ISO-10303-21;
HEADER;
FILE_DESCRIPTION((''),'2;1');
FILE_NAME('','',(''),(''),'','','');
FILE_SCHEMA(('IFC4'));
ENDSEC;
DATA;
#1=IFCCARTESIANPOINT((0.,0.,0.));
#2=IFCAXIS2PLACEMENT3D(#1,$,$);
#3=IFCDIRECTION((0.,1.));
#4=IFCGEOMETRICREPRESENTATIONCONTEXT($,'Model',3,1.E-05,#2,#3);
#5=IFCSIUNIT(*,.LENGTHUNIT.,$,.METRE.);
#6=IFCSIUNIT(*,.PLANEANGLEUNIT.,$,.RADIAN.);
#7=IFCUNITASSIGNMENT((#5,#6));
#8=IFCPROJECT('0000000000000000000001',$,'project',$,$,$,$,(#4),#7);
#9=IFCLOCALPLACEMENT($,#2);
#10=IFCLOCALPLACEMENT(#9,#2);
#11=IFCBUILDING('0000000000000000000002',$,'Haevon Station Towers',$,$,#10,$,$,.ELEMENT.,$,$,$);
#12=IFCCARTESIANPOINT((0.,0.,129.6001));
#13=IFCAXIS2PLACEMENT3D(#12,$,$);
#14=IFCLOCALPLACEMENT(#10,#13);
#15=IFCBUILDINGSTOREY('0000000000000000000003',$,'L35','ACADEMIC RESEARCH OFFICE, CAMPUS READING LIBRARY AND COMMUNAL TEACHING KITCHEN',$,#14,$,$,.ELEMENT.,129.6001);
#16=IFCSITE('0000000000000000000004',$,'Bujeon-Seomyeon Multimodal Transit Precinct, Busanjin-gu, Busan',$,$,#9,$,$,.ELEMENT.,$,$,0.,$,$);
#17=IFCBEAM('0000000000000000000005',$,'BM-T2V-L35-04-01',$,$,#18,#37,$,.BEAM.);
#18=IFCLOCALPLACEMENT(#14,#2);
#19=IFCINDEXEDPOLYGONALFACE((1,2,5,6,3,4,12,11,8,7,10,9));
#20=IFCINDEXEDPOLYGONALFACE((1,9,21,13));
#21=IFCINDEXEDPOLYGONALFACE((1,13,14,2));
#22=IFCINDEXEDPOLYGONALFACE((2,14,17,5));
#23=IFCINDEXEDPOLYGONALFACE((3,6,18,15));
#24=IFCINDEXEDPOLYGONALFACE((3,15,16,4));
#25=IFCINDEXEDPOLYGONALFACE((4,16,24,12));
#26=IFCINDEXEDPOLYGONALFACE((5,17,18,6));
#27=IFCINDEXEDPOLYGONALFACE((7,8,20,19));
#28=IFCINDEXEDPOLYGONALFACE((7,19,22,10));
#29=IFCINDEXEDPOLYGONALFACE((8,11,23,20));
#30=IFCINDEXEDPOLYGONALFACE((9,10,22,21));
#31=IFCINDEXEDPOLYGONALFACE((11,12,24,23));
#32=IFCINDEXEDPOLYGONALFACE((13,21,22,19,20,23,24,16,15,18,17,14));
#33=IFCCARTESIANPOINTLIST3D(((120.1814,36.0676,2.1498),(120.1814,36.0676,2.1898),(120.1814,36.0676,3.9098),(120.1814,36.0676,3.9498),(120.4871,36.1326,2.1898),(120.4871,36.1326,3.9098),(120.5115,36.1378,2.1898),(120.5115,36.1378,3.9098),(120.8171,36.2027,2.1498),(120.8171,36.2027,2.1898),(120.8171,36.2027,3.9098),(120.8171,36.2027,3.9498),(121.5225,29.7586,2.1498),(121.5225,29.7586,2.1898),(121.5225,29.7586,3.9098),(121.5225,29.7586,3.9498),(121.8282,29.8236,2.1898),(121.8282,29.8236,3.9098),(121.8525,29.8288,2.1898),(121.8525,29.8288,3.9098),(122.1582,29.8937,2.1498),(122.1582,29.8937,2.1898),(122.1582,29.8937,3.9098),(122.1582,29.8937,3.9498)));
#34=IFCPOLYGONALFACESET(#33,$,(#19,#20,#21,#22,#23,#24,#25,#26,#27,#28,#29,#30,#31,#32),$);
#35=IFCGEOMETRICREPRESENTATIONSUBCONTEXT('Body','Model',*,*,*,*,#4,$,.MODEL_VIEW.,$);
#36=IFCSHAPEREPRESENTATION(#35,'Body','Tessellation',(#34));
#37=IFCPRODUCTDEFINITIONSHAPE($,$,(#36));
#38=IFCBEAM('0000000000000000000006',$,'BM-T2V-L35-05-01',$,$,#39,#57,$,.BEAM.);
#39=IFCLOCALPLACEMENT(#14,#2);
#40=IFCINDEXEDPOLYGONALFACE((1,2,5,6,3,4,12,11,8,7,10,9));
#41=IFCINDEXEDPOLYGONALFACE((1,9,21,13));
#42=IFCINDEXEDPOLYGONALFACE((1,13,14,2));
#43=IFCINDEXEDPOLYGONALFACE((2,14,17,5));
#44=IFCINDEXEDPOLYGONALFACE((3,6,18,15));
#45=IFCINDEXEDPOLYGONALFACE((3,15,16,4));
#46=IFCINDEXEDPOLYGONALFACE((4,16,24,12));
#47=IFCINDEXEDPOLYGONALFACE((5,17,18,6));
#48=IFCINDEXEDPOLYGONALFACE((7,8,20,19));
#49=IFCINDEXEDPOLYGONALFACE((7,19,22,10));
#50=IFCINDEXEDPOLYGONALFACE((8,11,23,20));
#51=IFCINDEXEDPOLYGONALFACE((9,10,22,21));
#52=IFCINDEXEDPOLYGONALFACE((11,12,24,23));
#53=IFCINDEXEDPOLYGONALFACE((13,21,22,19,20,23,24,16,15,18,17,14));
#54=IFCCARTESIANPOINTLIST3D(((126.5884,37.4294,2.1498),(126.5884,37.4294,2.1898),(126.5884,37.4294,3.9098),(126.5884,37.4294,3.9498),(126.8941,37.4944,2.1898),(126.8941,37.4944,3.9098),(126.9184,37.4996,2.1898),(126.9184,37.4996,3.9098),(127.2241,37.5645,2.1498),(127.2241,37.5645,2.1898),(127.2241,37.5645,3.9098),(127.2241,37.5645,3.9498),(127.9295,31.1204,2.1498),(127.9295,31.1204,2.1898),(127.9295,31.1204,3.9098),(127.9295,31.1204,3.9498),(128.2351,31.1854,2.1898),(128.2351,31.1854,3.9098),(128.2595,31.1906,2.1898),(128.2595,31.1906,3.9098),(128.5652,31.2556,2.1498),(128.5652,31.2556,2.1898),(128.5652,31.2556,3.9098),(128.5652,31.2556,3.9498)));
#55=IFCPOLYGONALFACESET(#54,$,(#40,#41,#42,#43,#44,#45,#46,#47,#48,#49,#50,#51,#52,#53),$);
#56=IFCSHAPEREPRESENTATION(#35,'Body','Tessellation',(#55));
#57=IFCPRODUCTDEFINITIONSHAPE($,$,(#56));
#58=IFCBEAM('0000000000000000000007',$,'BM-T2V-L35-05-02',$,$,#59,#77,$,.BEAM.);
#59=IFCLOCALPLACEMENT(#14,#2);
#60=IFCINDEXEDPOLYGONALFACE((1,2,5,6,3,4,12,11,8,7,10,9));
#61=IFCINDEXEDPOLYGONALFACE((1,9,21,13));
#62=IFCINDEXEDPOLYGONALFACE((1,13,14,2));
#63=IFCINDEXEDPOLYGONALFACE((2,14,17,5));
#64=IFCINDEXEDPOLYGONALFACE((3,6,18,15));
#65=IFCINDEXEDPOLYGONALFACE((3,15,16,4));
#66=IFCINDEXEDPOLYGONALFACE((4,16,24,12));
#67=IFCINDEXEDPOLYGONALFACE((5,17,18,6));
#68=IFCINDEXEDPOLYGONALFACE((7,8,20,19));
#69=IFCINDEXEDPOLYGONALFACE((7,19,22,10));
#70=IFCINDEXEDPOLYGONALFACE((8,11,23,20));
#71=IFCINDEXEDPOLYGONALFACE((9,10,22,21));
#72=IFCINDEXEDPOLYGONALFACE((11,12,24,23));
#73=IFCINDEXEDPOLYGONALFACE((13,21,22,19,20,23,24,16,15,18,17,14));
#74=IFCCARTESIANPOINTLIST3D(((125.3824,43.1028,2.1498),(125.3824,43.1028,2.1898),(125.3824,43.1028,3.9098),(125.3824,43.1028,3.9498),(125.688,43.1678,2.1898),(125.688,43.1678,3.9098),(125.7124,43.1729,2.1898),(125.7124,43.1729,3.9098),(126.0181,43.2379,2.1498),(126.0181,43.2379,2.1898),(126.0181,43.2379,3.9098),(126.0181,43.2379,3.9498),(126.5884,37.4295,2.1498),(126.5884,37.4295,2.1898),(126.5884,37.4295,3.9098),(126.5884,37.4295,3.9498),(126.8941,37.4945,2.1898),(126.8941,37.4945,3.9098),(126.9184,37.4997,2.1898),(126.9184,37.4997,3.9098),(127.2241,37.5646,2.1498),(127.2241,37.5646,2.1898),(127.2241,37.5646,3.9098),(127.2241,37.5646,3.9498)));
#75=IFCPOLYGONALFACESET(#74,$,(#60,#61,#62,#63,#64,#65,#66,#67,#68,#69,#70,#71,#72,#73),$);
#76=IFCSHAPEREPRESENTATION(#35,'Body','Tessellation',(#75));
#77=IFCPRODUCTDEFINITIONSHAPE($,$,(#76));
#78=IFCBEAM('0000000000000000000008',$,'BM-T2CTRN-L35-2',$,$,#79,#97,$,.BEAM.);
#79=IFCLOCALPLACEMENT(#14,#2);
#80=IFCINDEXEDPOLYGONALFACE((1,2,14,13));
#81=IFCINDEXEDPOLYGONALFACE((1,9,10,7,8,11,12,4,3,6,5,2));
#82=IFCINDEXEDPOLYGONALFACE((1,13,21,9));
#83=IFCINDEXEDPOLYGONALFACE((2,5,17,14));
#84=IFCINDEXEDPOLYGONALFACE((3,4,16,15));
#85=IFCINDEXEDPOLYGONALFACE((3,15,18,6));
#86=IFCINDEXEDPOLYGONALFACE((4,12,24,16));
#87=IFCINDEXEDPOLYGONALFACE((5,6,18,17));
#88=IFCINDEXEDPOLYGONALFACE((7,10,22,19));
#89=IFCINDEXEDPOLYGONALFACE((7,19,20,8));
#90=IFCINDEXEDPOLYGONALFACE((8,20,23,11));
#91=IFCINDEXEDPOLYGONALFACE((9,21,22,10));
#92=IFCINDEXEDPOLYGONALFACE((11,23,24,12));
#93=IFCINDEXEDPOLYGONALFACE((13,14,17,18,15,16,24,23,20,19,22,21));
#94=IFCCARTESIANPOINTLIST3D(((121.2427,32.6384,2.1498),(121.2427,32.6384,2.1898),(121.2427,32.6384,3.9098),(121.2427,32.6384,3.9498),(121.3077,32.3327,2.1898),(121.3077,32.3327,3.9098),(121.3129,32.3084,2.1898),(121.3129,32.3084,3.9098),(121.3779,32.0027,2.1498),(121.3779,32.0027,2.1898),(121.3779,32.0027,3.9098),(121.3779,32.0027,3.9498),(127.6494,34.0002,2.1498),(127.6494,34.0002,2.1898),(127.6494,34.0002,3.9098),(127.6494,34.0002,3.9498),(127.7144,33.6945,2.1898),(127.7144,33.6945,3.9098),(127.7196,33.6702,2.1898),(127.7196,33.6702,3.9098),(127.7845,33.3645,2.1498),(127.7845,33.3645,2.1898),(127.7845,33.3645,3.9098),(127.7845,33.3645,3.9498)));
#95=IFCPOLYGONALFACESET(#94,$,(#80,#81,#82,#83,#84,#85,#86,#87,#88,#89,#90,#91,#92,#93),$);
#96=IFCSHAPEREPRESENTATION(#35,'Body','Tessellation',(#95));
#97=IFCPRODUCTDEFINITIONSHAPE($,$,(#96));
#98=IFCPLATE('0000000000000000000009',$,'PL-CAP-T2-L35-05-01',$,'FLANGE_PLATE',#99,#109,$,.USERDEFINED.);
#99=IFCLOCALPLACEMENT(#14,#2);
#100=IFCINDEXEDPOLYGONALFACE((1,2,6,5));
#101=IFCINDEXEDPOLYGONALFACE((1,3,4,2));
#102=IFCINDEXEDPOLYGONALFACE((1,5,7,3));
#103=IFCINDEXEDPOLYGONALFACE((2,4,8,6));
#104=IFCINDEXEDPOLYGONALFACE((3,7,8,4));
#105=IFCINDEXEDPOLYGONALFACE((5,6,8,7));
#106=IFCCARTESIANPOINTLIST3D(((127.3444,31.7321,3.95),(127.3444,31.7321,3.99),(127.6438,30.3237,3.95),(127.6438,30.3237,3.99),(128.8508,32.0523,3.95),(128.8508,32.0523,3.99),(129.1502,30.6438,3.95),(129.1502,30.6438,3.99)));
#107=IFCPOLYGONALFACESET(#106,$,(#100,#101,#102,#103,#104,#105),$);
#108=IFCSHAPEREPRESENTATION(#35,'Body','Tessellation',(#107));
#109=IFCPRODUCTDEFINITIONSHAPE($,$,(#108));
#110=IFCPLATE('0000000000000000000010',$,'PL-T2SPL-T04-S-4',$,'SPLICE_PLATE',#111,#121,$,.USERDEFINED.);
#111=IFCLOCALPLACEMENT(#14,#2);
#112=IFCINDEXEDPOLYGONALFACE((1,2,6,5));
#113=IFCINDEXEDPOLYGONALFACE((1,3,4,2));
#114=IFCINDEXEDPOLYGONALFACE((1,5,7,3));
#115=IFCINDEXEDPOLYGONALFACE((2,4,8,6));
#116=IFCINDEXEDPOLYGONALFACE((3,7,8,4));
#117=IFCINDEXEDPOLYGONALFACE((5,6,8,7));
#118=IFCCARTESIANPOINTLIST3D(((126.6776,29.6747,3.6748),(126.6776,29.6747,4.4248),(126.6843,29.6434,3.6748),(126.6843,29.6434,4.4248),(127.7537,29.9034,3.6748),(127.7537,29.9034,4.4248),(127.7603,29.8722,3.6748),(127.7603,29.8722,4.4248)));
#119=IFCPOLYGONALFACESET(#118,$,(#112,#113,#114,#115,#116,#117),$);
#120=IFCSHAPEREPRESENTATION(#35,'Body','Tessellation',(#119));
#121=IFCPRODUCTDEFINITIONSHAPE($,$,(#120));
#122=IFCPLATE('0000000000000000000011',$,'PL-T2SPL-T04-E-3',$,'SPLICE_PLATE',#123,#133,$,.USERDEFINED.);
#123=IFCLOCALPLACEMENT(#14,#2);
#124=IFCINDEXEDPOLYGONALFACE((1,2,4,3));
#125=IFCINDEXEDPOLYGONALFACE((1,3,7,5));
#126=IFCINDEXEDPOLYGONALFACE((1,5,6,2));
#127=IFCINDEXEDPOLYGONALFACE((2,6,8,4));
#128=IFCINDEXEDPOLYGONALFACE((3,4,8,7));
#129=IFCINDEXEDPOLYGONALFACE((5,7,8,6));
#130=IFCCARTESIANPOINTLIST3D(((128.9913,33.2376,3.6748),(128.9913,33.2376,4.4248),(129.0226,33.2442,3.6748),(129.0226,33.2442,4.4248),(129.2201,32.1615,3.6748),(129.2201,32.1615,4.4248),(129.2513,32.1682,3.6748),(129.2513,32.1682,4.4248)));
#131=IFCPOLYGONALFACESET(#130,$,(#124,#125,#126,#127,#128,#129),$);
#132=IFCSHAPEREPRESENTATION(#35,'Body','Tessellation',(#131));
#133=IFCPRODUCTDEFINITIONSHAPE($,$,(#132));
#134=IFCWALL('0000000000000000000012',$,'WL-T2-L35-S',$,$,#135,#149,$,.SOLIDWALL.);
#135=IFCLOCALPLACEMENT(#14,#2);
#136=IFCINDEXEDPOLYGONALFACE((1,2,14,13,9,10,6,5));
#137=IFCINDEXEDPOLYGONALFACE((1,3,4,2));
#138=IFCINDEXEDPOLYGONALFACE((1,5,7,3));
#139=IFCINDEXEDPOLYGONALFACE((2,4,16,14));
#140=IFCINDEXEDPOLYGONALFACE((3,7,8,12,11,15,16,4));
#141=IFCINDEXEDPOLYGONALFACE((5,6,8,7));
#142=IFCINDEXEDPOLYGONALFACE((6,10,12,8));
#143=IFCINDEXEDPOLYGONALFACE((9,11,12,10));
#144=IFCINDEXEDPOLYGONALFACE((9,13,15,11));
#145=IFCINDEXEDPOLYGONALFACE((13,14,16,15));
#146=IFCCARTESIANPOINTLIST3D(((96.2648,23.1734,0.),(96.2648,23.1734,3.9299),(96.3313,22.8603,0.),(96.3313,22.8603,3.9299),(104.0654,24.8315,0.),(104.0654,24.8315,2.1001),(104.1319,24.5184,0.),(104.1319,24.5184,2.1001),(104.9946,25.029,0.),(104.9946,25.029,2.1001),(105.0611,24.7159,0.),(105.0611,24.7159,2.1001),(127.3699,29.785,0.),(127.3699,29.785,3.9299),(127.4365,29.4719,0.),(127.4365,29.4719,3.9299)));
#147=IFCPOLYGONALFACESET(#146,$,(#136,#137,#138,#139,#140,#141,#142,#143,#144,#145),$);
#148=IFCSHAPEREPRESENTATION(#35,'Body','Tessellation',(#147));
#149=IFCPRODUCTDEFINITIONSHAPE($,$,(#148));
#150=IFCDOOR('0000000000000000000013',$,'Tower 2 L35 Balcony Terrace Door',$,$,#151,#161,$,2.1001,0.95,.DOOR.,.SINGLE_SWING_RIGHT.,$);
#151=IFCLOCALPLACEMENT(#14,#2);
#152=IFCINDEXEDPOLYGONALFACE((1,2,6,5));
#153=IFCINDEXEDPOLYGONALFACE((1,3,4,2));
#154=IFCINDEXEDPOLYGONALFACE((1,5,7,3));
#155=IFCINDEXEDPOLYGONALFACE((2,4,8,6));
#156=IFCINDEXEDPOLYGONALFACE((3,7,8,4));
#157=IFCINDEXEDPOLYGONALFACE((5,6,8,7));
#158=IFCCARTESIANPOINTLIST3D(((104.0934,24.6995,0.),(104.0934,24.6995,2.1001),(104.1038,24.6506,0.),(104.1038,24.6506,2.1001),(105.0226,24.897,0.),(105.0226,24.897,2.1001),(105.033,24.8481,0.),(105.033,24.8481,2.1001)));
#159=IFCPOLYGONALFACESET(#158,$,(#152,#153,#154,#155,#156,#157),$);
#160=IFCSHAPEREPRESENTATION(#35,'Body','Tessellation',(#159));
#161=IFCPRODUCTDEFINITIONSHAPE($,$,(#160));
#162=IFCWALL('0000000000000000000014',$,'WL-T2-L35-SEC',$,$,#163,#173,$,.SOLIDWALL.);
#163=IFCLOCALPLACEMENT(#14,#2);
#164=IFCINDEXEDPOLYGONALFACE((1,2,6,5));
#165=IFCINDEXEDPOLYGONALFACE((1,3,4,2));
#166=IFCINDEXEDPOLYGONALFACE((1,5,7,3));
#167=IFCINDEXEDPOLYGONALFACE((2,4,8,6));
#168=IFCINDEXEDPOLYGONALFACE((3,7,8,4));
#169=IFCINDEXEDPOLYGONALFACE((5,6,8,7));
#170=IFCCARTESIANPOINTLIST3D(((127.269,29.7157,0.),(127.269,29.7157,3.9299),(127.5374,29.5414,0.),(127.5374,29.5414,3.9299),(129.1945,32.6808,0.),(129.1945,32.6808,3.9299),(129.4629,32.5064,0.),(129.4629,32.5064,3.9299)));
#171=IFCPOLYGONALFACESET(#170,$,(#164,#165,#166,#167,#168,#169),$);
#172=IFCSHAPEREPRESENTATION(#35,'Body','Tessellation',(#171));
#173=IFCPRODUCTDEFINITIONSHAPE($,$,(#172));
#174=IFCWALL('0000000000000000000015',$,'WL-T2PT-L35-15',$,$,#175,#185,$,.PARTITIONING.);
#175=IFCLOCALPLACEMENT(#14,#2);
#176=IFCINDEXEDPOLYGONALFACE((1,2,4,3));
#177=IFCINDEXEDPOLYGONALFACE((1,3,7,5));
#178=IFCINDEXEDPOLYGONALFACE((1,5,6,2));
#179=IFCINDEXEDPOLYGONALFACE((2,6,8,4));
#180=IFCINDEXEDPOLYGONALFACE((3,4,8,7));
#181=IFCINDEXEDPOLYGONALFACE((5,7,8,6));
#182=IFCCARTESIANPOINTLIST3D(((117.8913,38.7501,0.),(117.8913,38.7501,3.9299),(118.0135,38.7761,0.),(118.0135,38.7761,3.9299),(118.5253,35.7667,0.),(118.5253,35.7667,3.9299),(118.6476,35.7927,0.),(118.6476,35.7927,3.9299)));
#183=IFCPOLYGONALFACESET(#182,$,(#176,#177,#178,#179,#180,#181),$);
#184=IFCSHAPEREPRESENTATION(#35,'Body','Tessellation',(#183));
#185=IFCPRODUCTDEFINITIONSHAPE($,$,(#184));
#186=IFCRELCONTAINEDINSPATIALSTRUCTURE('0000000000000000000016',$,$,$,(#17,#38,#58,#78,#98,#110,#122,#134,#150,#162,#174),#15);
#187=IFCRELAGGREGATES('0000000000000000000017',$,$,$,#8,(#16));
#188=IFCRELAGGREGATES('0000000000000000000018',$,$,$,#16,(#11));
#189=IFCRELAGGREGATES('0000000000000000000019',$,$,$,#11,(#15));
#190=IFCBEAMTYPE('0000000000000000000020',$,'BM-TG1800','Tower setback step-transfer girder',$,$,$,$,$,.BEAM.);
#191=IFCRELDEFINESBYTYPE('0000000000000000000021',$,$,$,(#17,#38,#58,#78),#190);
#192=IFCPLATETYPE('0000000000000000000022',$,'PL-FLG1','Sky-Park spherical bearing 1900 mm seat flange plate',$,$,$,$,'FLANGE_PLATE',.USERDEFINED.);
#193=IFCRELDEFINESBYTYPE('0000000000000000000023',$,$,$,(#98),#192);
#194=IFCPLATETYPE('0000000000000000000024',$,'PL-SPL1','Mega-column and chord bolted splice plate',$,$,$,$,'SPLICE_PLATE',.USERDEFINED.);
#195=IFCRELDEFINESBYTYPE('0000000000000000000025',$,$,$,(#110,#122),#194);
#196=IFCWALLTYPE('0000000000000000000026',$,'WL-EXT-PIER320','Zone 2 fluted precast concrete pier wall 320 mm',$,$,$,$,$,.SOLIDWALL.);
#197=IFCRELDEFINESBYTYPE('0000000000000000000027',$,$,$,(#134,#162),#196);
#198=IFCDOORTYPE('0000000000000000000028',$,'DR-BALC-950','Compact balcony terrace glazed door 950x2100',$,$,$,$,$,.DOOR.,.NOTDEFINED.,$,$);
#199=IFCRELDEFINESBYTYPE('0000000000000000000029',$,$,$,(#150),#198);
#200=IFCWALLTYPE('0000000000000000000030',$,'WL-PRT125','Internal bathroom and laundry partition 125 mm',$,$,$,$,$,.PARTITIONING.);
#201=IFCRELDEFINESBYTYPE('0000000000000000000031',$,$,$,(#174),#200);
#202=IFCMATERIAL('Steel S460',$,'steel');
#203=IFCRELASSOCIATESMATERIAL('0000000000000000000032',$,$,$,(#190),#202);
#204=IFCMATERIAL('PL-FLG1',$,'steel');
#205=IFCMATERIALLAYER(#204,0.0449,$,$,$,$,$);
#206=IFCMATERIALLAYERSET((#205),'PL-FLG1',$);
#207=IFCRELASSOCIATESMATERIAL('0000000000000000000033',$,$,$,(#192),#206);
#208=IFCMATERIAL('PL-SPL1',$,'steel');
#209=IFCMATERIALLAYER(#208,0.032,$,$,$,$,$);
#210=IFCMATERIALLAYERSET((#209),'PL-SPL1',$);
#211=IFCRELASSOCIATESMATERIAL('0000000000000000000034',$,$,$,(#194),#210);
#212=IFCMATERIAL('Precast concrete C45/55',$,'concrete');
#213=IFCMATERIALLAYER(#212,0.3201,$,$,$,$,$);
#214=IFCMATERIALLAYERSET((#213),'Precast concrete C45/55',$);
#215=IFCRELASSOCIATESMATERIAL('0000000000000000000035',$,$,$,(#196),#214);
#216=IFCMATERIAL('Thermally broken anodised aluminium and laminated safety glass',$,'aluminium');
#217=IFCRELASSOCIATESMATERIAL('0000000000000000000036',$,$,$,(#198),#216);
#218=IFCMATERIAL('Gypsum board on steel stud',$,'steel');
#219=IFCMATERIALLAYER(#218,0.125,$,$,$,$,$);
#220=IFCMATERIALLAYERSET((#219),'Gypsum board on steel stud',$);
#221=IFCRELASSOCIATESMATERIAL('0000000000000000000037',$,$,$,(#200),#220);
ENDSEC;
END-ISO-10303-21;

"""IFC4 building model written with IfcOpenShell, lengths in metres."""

from ifc_helpers import new_model, si_unit, direction, frame, frame_2d, origin, origin_2d, place, context, subcontext, project, spatial, rectangle, i_section, extrude, material, layer, layer_set, material_profile, profile_set, type_object, element, fill, save


model = new_model("IFC4")

# Units and contexts
model_context = context("Model", 3, precision=1e-05, world=origin(), true_north=direction((0.0, 1.0)))
body_context = subcontext(model_context, "Body", "Model", "MODEL_VIEW")
ifc_project = project(units=[si_unit("LENGTHUNIT", "METRE"), si_unit("PLANEANGLEUNIT", "RADIAN")], contexts=[model_context])

# Site, building, storey
site_placement = place(None, origin())
site = spatial("IfcSite", under=ifc_project, at=site_placement, Name="Bujeon-Seomyeon Multimodal Transit Precinct, Busanjin-gu, Busan", CompositionType="ELEMENT", RefElevation=0.0)
building_placement = place(site_placement, origin())
building = spatial("IfcBuilding", under=site, at=building_placement, Name="Haevon Station Towers", CompositionType="ELEMENT")
storey_placement = place(building_placement, frame((0.0, 0.0, 129.6001)))
storey = spatial("IfcBuildingStorey", under=building, at=storey_placement, Name="L35", Description="ACADEMIC RESEARCH OFFICE, CAMPUS READING LIBRARY AND COMMUNAL TEACHING KITCHEN", CompositionType="ELEMENT", Elevation=129.6001)

# Shared definitions
ifc_material_1 = material(Name="Steel S460", Category="steel")

# Beams
ifc_material_profile_1 = material_profile(ifc_material_1, i_section(OverallWidth=0.6499, OverallDepth=1.8, WebThickness=0.0249, FlangeThickness=0.04, at=origin_2d()), Name="H-1800x650x25x40")
ifc_profile_set_1 = profile_set([ifc_material_profile_1], Name="Steel S460")
beam_type_1 = type_object("IfcBeamType", Name="BM-TG1800", Description="Tower setback step-transfer girder", PredefinedType="BEAM", material=ifc_profile_set_1)
for number, where, z_axis, x_axis, name in (
    (1, (121.8403, 29.8262, 3.0498), (-0.207916, 0.978147, 0.0), (-0.978147, -0.207916, 0.0), "BM-T2V-L35-04-01"),
    (2, (128.2473, 31.188, 3.0498), (-0.207916, 0.978147, 0.0), (-0.978147, -0.207916, 0.0), "BM-T2V-L35-05-01"),
):
    element("IfcBeam", number, at=place(storey_placement, frame(where, z_axis=z_axis, x_axis=x_axis)), inside=storey, type_object=beam_type_1, Name=name, PredefinedType="BEAM", context=body_context, shape_type="SweptSolid", body=[
        extrude(i_section(OverallWidth=0.6499, OverallDepth=1.8, WebThickness=0.0249, FlangeThickness=0.04, at=origin_2d()), origin(), (0.0, 0.0, 1.0), 6.45),
    ])
beam_1_placement = place(storey_placement, frame((126.9062, 37.4971, 3.0498), z_axis=(-0.207936, 0.978142, 0.0), x_axis=(-0.978142, -0.207936, 0.0)))
element("IfcBeam", 3, at=beam_1_placement, inside=storey, type_object=beam_type_1, Name="BM-T2V-L35-05-02", PredefinedType="BEAM", context=body_context, shape_type="SweptSolid", body=[
    extrude(i_section(OverallWidth=0.6499, OverallDepth=1.8, WebThickness=0.0249, FlangeThickness=0.04, at=origin_2d()), origin(), (0.0, 0.0, 1.0), 5.8),
])
beam_2_placement = place(storey_placement, frame((121.3103, 32.3206, 3.0498), z_axis=(0.978147, 0.207915, 0.0), x_axis=(-0.207915, 0.978147, 0.0)))
element("IfcBeam", 4, at=beam_2_placement, inside=storey, type_object=beam_type_1, Name="BM-T2CTRN-L35-2", PredefinedType="BEAM", context=body_context, shape_type="SweptSolid", body=[
    extrude(i_section(OverallWidth=0.6499, OverallDepth=1.8, WebThickness=0.0249, FlangeThickness=0.04, at=origin_2d()), origin(), (0.0, 0.0, 1.0), 6.5498),
])

# Plates
ifc_material_2 = material(Name="PL-FLG1", Category="steel")
ifc_layer_1 = layer(ifc_material_2, 0.0449)
ifc_layer_set_1 = layer_set([ifc_layer_1], Name="PL-FLG1")
plate_type_1 = type_object("IfcPlateType", Name="PL-FLG1", Description="Sky-Park spherical bearing 1900 mm seat flange plate", ElementType="FLANGE_PLATE", PredefinedType="USERDEFINED", material=ifc_layer_set_1)
plate_placement = place(storey_placement, frame((128.2473, 31.188, 3.95), z_axis=(0.0, 0.0, 1.0), x_axis=(0.978148, 0.207912, 0.0)))
element("IfcPlate", 5, at=plate_placement, inside=storey, type_object=plate_type_1, Name="PL-CAP-T2-L35-05-01", ObjectType="FLANGE_PLATE", PredefinedType="USERDEFINED", context=body_context, shape_type="SweptSolid", body=[
    extrude(rectangle(XDim=1.54, YDim=1.4399, at=origin_2d()), origin(), (0.0, 0.0, 1.0), 0.04),
])
ifc_material_3 = material(Name="PL-SPL1", Category="steel")
ifc_layer_2 = layer(ifc_material_3, 0.032)
ifc_layer_set_2 = layer_set([ifc_layer_2], Name="PL-SPL1")
plate_type_2 = type_object("IfcPlateType", Name="PL-SPL1", Description="Mega-column and chord bolted splice plate", ElementType="SPLICE_PLATE", PredefinedType="USERDEFINED", material=ifc_layer_set_2)
for number, where, z_axis, x_axis, name in (
    (6, (127.219, 29.7734, 3.6748), (0.0, 0.0, 1.0), (0.978148, 0.207912, 0.0), "PL-T2SPL-T04-S-4"),
    (7, (129.1213, 32.7029, 3.6748), (0.0, 0.0, 1.0), (-0.207912, 0.978148, 0.0), "PL-T2SPL-T04-E-3"),
):
    element("IfcPlate", number, at=place(storey_placement, frame(where, z_axis=z_axis, x_axis=x_axis)), inside=storey, type_object=plate_type_2, Name=name, ObjectType="SPLICE_PLATE", PredefinedType="USERDEFINED", context=body_context, shape_type="SweptSolid", body=[
        extrude(rectangle(XDim=1.1001, YDim=0.032, at=origin_2d()), origin(), (0.0, 0.0, 1.0), 0.75),
    ])

# Wall, opening, door
ifc_material_4 = material(Name="Precast concrete C45/55", Category="concrete")
ifc_layer_3 = layer(ifc_material_4, 0.3201)
ifc_layer_set_3 = layer_set([ifc_layer_3], Name="Precast concrete C45/55")
wall_type_1 = type_object("IfcWallType", Name="WL-EXT-PIER320", Description="Zone 2 fluted precast concrete pier wall 320 mm", PredefinedType="SOLIDWALL", material=ifc_layer_set_3)
wall_1_placement = place(storey_placement, frame((127.4031, 29.6284, 0.0), z_axis=(0.0, 0.0, 1.0), x_axis=(-0.978148, -0.20791, 0.0)))
wall_1 = element("IfcWall", 8, at=wall_1_placement, inside=storey, type_object=wall_type_1, Name="WL-T2-L35-S", PredefinedType="SOLIDWALL", context=body_context, shape_type="SweptSolid", body=[
    extrude(rectangle(XDim=31.8, YDim=0.3201, at=frame_2d((15.8999, 0.0))), origin(), (0.0, 0.0, 1.0), 3.9299),
])
opening_1_placement = place(wall_1_placement, frame((22.875, 0.0, 0.0)))
opening_1 = element("IfcOpeningElement", 9, at=opening_1_placement, cuts=wall_1, PredefinedType="OPENING", context=body_context, shape_type="SweptSolid", body=[
    extrude(rectangle(XDim=0.95, YDim=2.1001, at=frame_2d((0.4751, 1.05))), frame((0.0, 0.1699, 0.0), z_axis=(0.0, -1.0, 0.0), x_axis=(1.0, 0.0, 0.0)), (0.0, 0.0, 1.0), 0.3401),
])
ifc_material_5 = material(Name="Thermally broken anodised aluminium and laminated safety glass", Category="aluminium")
door_type_1 = type_object("IfcDoorType", Name="DR-BALC-950", Description="Compact balcony terrace glazed door 950x2100", OperationType="NOTDEFINED", PredefinedType="DOOR", material=ifc_material_5)
door_1_placement = place(opening_1_placement, origin())
door_1 = element("IfcDoor", 10, at=door_1_placement, inside=storey, type_object=door_type_1, Name="Tower 2 L35 Balcony Terrace Door", OperationType="SINGLE_SWING_RIGHT", OverallHeight=2.1001, OverallWidth=0.95, PredefinedType="DOOR", context=body_context, shape_type="SweptSolid", body=[
    extrude(rectangle(XDim=0.95, YDim=2.1001, at=frame_2d((0.4751, 1.05))), frame((0.0, 0.0249, 0.0), z_axis=(0.0, -1.0, 0.0), x_axis=(1.0, 0.0, 0.0)), (0.0, 0.0, 1.0), 0.05),
])
fill(opening_1, door_1)

# Walls
wall_2_placement = place(storey_placement, frame((129.3286, 32.5935, 0.0), z_axis=(0.0, 0.0, 1.0), x_axis=(-0.544636, -0.838672, 0.0)))
element("IfcWall", 11, at=wall_2_placement, inside=storey, type_object=wall_type_1, Name="WL-T2-L35-SEC", PredefinedType="SOLIDWALL", context=body_context, shape_type="SweptSolid", body=[
    extrude(rectangle(XDim=3.5354, YDim=0.3201, at=frame_2d((1.7676, 0.0))), origin(), (0.0, 0.0, 1.0), 3.9299),
])
ifc_material_6 = material(Name="Gypsum board on steel stud", Category="steel")
ifc_layer_4 = layer(ifc_material_6, 0.125)
ifc_layer_set_4 = layer_set([ifc_layer_4], Name="Gypsum board on steel stud")
wall_type_2 = type_object("IfcWallType", Name="WL-PRT125", Description="Internal bathroom and laundry partition 125 mm", PredefinedType="PARTITIONING", material=ifc_layer_set_4)
wall_3_placement = place(storey_placement, frame((118.5864, 35.7798, 0.0), z_axis=(0.0, 0.0, 1.0), x_axis=(-0.207878, 0.978155, 0.0)))
element("IfcWall", 12, at=wall_3_placement, inside=storey, type_object=wall_type_2, Name="WL-T2PT-L35-15", PredefinedType="PARTITIONING", context=body_context, shape_type="SweptSolid", body=[
    extrude(rectangle(XDim=3.05, YDim=0.125, at=frame_2d((1.5249, 0.0))), origin(), (0.0, 0.0, 1.0), 3.9299),
])

save(model, "model.ifc")
